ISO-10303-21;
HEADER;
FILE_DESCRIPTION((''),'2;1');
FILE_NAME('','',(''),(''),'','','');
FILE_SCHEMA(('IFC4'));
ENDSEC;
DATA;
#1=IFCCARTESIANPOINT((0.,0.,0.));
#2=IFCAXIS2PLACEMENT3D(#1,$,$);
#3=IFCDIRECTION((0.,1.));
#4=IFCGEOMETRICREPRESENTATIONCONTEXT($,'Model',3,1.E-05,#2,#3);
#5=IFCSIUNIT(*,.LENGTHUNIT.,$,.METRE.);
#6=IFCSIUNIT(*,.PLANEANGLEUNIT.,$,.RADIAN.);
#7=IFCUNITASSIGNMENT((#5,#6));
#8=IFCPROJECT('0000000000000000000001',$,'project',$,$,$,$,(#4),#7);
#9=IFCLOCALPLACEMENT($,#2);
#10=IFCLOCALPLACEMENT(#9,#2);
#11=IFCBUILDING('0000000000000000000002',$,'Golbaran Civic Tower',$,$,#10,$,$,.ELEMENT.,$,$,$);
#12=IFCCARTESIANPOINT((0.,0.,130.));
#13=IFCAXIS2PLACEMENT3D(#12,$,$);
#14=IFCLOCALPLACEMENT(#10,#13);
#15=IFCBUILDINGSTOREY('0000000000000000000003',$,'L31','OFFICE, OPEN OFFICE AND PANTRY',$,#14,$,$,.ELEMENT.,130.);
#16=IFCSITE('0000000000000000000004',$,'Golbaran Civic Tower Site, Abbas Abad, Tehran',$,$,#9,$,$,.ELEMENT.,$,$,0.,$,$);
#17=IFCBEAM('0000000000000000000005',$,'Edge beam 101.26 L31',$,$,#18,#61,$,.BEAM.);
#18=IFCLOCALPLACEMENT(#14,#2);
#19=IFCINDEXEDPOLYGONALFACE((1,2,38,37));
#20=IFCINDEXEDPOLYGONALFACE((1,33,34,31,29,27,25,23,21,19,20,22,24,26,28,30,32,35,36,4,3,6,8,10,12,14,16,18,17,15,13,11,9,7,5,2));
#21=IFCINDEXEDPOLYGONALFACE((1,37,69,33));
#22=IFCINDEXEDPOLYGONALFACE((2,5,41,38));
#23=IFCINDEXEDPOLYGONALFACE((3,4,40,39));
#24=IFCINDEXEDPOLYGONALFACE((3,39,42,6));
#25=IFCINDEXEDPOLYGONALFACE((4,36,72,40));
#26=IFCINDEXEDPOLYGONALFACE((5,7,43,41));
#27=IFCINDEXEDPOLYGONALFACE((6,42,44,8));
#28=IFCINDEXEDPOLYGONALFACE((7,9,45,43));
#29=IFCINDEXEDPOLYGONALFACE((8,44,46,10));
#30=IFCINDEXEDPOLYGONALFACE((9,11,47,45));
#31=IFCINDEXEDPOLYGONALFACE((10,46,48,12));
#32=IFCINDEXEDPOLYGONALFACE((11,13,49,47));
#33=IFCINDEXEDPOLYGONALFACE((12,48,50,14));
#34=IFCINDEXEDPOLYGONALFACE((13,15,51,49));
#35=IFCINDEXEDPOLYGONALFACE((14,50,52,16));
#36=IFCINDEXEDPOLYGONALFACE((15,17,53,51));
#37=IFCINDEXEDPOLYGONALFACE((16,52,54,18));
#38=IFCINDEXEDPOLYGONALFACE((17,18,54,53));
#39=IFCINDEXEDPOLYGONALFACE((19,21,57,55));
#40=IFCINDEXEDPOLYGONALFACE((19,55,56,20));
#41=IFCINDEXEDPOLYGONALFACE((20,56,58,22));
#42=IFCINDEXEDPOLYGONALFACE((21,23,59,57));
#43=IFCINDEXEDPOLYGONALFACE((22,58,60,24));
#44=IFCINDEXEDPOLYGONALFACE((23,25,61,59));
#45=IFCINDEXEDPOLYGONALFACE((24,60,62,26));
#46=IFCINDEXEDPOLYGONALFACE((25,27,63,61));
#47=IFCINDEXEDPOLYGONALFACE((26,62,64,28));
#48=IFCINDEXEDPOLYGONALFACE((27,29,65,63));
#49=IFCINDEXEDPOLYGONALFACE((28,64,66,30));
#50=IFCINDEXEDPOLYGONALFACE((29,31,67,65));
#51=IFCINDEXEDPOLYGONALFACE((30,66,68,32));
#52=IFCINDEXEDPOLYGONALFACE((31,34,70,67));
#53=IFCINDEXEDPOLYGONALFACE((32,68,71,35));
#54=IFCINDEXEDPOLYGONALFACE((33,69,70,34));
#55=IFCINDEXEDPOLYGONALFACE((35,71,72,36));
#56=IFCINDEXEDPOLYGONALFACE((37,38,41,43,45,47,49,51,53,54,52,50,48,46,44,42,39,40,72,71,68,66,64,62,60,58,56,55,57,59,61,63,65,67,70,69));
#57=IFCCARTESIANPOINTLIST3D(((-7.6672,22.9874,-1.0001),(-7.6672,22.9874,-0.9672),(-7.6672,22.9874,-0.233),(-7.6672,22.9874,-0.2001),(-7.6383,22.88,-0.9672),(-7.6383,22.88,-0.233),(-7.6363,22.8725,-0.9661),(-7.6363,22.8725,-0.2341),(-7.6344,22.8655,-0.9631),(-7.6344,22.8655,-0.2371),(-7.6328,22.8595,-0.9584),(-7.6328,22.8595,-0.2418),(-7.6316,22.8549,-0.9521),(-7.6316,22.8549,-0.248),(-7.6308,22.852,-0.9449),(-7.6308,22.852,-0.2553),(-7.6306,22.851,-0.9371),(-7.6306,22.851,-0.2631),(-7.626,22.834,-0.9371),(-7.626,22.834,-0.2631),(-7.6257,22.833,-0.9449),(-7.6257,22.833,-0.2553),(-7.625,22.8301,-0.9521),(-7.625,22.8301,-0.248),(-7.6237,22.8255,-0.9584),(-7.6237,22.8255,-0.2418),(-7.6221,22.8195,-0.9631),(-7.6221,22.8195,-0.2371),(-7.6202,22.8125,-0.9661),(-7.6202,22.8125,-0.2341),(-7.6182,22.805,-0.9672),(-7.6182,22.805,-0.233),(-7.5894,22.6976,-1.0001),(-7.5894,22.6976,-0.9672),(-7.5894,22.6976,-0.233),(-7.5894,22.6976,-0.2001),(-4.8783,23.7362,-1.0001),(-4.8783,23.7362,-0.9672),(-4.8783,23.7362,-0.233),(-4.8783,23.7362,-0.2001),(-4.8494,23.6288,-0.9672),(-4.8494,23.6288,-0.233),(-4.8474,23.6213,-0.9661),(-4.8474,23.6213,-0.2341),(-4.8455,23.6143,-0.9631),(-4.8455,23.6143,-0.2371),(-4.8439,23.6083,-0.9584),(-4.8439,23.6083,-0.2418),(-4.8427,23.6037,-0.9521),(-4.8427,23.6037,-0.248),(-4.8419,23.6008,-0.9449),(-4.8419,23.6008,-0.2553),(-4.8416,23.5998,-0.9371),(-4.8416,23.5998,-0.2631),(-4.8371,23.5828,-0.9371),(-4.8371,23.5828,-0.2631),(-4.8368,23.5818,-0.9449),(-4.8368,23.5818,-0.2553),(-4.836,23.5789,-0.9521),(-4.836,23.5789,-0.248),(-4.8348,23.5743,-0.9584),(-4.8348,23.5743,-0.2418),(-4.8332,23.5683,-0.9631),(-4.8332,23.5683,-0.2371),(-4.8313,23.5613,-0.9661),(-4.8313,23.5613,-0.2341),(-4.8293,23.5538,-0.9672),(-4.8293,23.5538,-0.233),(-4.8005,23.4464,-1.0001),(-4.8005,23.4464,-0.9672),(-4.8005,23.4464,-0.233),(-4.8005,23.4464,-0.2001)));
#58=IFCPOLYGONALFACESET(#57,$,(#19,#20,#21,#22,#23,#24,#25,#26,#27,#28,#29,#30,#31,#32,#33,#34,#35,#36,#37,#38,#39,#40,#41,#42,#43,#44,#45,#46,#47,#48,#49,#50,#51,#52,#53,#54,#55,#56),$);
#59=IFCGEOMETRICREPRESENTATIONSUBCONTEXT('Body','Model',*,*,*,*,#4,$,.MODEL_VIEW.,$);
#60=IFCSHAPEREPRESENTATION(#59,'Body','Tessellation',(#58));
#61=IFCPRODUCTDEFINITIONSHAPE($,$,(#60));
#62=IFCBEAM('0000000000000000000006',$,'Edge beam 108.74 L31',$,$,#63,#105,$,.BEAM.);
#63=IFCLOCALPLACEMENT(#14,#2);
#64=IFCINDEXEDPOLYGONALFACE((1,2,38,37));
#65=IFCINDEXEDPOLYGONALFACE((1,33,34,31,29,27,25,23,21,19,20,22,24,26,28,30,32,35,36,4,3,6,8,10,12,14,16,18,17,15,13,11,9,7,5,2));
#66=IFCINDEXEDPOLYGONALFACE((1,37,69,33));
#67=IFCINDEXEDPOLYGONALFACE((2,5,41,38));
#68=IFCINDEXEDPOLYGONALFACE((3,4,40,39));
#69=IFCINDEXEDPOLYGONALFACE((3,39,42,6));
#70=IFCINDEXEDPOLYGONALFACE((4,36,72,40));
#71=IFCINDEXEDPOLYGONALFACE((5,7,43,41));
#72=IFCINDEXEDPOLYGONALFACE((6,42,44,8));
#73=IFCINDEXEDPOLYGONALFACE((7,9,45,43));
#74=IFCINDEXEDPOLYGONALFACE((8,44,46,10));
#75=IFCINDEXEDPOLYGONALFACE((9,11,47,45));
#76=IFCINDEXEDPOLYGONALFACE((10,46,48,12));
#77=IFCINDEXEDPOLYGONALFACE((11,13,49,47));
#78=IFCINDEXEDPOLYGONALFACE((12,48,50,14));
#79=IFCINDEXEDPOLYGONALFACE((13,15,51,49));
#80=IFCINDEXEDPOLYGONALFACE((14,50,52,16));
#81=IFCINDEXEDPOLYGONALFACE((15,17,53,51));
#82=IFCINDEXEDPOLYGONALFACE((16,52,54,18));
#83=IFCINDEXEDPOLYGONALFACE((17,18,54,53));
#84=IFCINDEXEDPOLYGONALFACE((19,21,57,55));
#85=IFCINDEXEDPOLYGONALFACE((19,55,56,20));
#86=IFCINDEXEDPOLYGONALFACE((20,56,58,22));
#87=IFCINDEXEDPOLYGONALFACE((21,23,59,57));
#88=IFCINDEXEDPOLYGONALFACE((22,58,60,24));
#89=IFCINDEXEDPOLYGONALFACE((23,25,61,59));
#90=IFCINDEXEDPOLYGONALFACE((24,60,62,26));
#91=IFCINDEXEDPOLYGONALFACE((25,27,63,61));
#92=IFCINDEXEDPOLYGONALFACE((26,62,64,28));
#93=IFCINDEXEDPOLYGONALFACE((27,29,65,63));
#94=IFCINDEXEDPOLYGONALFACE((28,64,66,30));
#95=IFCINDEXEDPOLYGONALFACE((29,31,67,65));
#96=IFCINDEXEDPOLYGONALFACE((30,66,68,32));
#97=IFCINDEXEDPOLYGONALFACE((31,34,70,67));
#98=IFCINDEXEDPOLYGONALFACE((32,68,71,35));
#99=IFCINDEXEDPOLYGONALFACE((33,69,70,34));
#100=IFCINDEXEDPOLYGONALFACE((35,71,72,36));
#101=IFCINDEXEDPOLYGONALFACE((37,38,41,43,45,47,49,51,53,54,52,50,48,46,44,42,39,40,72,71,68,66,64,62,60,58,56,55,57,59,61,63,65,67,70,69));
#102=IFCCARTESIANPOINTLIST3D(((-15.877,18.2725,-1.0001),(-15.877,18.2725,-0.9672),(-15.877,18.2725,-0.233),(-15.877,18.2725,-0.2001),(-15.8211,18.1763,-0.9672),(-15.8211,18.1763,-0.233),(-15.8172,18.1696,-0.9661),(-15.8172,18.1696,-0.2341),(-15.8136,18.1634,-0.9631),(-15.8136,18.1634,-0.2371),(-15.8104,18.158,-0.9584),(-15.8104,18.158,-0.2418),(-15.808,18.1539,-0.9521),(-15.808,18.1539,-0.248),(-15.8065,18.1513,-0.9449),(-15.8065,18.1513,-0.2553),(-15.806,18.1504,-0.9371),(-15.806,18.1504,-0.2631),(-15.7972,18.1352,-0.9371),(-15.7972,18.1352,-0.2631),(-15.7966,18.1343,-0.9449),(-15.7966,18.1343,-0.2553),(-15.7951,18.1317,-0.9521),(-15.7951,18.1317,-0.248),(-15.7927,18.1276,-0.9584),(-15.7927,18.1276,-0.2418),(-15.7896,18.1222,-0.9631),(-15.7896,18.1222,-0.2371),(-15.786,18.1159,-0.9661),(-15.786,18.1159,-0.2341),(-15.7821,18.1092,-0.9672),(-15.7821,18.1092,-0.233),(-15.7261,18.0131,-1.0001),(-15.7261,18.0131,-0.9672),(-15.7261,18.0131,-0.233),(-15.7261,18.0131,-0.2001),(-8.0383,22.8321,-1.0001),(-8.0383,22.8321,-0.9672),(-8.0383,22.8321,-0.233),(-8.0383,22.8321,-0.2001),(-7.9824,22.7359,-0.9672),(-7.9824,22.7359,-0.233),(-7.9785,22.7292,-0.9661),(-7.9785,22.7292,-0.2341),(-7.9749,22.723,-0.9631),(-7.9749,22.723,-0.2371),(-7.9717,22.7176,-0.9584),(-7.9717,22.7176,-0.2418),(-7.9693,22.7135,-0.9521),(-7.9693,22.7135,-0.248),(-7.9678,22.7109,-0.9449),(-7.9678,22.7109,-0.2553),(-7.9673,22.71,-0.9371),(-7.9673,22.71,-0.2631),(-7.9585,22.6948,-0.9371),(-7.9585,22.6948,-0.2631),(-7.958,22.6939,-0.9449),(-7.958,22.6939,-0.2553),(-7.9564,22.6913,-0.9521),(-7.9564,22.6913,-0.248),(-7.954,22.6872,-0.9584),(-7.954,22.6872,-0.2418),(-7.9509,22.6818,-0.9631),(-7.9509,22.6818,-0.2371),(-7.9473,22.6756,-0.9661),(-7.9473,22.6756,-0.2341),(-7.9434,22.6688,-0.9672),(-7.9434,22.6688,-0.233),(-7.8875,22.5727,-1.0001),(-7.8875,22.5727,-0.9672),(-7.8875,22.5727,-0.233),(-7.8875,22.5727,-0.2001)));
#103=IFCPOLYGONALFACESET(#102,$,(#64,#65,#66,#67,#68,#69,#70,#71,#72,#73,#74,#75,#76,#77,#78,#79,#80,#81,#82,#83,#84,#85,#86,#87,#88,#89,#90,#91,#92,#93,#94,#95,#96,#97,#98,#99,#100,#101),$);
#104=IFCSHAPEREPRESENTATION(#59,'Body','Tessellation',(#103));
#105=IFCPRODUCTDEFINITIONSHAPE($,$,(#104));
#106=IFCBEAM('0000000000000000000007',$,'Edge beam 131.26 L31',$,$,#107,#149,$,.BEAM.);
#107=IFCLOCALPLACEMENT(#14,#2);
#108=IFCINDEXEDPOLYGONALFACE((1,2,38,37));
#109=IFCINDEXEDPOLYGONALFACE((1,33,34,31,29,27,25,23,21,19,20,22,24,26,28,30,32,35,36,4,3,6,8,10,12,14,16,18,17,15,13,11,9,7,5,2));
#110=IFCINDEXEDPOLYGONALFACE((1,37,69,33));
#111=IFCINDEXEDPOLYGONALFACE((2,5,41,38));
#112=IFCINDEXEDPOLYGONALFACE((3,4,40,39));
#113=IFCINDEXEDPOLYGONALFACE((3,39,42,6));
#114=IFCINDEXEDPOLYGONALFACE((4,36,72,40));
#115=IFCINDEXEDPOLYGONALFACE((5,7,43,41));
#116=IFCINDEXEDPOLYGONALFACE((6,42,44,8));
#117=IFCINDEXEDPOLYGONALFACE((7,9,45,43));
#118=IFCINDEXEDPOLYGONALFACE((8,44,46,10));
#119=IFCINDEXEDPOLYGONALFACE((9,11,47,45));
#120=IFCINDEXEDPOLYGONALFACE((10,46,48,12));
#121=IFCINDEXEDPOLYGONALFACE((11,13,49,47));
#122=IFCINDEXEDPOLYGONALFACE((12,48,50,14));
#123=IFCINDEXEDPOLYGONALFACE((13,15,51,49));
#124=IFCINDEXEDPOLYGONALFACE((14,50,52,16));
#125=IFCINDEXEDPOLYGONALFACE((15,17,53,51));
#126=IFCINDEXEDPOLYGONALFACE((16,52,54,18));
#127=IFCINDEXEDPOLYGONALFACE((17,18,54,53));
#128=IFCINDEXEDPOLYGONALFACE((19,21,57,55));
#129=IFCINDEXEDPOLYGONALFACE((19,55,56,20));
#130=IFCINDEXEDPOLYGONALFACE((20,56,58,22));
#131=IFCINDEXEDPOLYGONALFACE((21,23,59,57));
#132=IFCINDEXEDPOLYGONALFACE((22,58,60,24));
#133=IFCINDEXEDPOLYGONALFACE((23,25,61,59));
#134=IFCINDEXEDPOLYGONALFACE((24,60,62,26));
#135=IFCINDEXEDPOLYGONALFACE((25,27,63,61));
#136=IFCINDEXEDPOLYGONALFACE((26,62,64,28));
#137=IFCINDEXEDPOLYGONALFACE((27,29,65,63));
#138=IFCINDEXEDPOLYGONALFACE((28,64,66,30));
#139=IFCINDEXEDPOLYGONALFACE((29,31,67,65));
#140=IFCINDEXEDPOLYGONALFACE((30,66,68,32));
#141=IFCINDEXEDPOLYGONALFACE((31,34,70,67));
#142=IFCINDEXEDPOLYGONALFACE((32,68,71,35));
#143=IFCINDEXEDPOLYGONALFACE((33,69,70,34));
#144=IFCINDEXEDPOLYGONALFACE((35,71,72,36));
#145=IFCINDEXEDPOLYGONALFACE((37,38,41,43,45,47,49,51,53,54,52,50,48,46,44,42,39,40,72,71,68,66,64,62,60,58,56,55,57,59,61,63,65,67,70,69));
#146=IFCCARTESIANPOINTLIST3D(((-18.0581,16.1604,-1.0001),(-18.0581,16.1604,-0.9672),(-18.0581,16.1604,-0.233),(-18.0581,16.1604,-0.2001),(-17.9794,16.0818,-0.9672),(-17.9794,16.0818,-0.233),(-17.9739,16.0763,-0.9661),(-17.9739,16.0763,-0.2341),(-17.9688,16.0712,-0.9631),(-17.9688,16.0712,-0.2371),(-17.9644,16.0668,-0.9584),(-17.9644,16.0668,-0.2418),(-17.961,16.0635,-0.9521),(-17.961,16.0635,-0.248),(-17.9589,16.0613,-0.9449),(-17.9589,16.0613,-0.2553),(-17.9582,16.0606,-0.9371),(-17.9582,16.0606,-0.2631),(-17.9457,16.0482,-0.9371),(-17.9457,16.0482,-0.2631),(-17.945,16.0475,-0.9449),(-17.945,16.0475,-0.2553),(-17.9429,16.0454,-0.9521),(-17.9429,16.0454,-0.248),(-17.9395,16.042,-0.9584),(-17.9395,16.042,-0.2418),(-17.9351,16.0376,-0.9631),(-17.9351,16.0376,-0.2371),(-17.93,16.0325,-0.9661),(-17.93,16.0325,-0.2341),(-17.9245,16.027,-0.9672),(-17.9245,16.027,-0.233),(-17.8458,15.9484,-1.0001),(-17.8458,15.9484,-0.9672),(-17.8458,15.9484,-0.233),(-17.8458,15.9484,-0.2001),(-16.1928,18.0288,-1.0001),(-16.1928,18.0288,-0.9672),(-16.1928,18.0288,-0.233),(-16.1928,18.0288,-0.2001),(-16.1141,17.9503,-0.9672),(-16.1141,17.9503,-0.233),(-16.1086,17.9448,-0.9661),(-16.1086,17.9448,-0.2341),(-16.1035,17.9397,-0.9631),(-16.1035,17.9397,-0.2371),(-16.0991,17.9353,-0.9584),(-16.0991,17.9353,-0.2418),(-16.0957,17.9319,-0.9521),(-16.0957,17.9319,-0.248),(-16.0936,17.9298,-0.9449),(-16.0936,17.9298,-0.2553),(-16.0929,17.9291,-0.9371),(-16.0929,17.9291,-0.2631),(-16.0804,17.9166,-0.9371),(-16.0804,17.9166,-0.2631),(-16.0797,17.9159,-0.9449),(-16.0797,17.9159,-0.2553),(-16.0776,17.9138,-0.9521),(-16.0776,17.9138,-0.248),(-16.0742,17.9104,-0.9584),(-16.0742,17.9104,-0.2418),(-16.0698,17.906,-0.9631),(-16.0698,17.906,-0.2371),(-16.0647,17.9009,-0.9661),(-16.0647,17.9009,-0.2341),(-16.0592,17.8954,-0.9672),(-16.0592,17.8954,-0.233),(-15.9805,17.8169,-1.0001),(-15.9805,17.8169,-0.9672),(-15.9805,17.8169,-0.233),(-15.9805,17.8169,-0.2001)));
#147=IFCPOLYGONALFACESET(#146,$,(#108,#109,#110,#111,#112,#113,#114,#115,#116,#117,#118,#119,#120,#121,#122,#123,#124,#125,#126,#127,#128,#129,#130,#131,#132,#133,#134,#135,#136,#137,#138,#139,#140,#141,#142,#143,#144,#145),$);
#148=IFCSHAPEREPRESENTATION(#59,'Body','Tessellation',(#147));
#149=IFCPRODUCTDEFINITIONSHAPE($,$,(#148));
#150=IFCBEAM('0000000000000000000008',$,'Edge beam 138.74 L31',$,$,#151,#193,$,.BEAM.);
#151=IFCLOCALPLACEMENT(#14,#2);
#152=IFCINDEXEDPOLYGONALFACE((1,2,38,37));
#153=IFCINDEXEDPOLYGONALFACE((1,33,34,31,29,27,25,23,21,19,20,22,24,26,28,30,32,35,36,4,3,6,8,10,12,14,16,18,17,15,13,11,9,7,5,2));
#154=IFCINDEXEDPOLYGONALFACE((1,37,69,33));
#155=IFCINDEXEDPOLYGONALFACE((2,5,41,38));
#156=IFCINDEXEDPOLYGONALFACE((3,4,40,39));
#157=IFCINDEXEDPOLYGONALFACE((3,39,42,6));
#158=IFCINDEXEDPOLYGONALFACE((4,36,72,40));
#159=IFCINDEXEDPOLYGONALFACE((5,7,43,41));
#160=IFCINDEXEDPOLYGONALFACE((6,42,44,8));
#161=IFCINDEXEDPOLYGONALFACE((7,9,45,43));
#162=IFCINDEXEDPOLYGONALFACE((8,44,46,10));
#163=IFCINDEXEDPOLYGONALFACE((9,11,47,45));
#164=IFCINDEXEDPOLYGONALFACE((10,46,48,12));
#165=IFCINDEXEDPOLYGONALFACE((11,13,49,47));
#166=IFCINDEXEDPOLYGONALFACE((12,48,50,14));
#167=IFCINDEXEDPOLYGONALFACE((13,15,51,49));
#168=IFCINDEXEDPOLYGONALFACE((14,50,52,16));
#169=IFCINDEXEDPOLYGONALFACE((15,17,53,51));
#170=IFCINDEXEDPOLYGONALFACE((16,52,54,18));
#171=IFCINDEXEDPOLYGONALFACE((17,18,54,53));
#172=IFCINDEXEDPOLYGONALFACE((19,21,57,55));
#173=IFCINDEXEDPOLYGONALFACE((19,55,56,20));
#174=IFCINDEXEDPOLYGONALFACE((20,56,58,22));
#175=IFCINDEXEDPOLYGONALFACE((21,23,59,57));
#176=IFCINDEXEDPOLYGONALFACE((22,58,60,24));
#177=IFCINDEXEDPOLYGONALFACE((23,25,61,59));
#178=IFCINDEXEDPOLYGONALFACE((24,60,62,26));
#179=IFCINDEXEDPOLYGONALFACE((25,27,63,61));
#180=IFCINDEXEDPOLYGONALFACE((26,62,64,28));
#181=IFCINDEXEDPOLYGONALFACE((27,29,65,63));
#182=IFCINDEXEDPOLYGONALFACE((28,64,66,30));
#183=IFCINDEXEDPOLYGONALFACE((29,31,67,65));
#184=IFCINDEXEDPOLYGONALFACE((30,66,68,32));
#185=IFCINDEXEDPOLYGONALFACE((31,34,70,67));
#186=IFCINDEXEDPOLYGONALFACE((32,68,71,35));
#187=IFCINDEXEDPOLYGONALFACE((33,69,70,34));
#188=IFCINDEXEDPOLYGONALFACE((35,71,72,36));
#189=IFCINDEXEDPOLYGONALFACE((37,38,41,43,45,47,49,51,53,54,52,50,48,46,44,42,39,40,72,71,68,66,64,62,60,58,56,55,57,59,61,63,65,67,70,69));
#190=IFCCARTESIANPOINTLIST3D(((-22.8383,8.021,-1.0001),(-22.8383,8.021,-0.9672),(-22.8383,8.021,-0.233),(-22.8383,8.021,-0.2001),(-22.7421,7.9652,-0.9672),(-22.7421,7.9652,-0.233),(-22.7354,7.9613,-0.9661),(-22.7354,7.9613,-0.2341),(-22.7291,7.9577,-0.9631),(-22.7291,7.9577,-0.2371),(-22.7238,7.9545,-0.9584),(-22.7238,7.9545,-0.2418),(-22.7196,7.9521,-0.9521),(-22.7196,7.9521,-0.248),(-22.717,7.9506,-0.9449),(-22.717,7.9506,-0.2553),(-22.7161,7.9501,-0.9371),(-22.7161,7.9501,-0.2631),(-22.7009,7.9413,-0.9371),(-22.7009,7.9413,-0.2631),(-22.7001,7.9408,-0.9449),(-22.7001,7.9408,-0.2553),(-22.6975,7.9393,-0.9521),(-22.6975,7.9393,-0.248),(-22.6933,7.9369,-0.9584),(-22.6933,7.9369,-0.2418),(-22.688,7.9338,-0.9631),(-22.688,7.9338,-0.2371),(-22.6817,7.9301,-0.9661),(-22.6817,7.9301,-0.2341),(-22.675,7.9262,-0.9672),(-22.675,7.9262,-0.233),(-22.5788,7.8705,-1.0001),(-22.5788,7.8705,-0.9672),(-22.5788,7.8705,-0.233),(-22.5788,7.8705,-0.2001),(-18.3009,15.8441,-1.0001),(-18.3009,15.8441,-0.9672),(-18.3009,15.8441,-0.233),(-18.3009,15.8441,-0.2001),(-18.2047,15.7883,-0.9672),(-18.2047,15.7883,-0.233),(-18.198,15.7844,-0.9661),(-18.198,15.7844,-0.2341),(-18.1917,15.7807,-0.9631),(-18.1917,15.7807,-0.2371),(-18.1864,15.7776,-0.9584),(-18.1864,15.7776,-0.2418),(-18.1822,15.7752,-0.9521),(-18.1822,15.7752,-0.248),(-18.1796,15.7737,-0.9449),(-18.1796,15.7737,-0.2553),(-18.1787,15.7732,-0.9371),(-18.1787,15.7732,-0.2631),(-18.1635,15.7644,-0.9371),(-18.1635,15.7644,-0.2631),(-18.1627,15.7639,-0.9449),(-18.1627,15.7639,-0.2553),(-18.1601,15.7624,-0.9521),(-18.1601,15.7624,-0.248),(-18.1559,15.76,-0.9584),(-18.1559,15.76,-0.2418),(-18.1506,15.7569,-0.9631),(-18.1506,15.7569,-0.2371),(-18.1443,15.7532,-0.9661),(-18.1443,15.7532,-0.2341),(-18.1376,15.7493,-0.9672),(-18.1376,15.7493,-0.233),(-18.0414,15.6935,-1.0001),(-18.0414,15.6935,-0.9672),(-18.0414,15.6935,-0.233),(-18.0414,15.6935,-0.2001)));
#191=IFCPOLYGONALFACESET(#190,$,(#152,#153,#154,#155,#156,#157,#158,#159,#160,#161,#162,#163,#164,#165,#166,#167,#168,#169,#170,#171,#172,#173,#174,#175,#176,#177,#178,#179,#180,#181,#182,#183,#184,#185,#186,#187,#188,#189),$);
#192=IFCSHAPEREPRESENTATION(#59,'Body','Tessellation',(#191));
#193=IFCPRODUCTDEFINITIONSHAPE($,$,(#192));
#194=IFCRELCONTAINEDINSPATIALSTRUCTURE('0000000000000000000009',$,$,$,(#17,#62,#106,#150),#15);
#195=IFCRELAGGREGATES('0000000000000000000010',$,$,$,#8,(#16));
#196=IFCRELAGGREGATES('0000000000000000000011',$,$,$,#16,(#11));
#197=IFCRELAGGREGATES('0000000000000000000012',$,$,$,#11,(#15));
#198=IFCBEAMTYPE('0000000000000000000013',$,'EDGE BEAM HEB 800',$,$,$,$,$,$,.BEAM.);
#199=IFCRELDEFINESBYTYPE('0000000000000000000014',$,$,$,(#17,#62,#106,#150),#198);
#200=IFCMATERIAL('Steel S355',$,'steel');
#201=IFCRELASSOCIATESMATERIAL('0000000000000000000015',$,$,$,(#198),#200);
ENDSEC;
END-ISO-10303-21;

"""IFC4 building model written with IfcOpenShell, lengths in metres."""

from ifc_helpers import new_model, si_unit, direction, frame, origin, origin_2d, place, context, subcontext, project, spatial, i_section, extrude, material, material_profile, profile_set, type_object, element, save


model = new_model("IFC4")

# Units and contexts
model_context = context("Model", 3, precision=1e-05, world=origin(), true_north=direction((0.0, 1.0)))
body_context = subcontext(model_context, "Body", "Model", "MODEL_VIEW")
ifc_project = project(units=[si_unit("LENGTHUNIT", "METRE"), si_unit("PLANEANGLEUNIT", "RADIAN")], contexts=[model_context])

# Site, building, storey
site_placement = place(None, origin())
site = spatial("IfcSite", under=ifc_project, at=site_placement, Name="Golbaran Civic Tower Site, Abbas Abad, Tehran", CompositionType="ELEMENT", RefElevation=0.0)
building_placement = place(site_placement, origin())
building = spatial("IfcBuilding", under=site, at=building_placement, Name="Golbaran Civic Tower", CompositionType="ELEMENT")
storey_placement = place(building_placement, frame((0.0, 0.0, 130.0)))
storey = spatial("IfcBuildingStorey", under=building, at=storey_placement, Name="L31", Description="OFFICE, OPEN OFFICE AND PANTRY", CompositionType="ELEMENT", Elevation=130.0)

# Beams
ifc_material_1 = material(Name="Steel S355", Category="steel")
ifc_material_profile_1 = material_profile(ifc_material_1, i_section(OverallWidth=0.3, OverallDepth=0.8, WebThickness=0.0176, FlangeThickness=0.033, FilletRadius=0.03, at=origin_2d()), Name="HEB 800")
ifc_profile_set_1 = profile_set([ifc_material_profile_1], Name="Steel S355")
beam_type_1 = type_object("IfcBeamType", Name="EDGE BEAM HEB 800", PredefinedType="BEAM", material=ifc_profile_set_1)
beam_1_placement = place(storey_placement, frame((-4.8394, 23.5913, -0.6001), z_axis=(-0.965794, -0.259309, 0.0), x_axis=(0.259309, -0.965794, 0.0)))
element("IfcBeam", 1, at=beam_1_placement, inside=storey, type_object=beam_type_1, Name="Edge beam 101.26 L31", PredefinedType="BEAM", context=body_context, shape_type="SweptSolid", body=[
    extrude(i_section(OverallWidth=0.3, OverallDepth=0.8, WebThickness=0.0176, FlangeThickness=0.033, FilletRadius=0.03, at=origin_2d()), origin(), (0.0, 0.0, 1.0), 2.8877),
])
beam_2_placement = place(storey_placement, frame((-7.9629, 22.7024, -0.6001), z_axis=(-0.8644, -0.502804, 0.0), x_axis=(0.502804, -0.8644, 0.0)))
element("IfcBeam", 2, at=beam_2_placement, inside=storey, type_object=beam_type_1, Name="Edge beam 108.74 L31", PredefinedType="BEAM", context=body_context, shape_type="SweptSolid", body=[
    extrude(i_section(OverallWidth=0.3, OverallDepth=0.8, WebThickness=0.0176, FlangeThickness=0.033, FilletRadius=0.03, at=origin_2d()), origin(), (0.0, 0.0, 1.0), 9.0684),
])
beam_3_placement = place(storey_placement, frame((-16.0867, 17.9229, -0.6001), z_axis=(-0.706505, -0.707708, 0.0), x_axis=(0.707708, -0.706505, 0.0)))
element("IfcBeam", 3, at=beam_3_placement, inside=storey, type_object=beam_type_1, Name="Edge beam 131.26 L31", PredefinedType="BEAM", context=body_context, shape_type="SweptSolid", body=[
    extrude(i_section(OverallWidth=0.3, OverallDepth=0.8, WebThickness=0.0176, FlangeThickness=0.033, FilletRadius=0.03, at=origin_2d()), origin(), (0.0, 0.0, 1.0), 2.6401),
])
beam_4_placement = place(storey_placement, frame((-18.1711, 15.7688, -0.6001), z_axis=(-0.501719, -0.86503, 0.0), x_axis=(0.86503, -0.501719, 0.0)))
element("IfcBeam", 4, at=beam_4_placement, inside=storey, type_object=beam_type_1, Name="Edge beam 138.74 L31", PredefinedType="BEAM", context=body_context, shape_type="SweptSolid", body=[
    extrude(i_section(OverallWidth=0.3, OverallDepth=0.8, WebThickness=0.0176, FlangeThickness=0.033, FilletRadius=0.03, at=origin_2d()), origin(), (0.0, 0.0, 1.0), 9.0437),
])

save(model, "model.ifc")
